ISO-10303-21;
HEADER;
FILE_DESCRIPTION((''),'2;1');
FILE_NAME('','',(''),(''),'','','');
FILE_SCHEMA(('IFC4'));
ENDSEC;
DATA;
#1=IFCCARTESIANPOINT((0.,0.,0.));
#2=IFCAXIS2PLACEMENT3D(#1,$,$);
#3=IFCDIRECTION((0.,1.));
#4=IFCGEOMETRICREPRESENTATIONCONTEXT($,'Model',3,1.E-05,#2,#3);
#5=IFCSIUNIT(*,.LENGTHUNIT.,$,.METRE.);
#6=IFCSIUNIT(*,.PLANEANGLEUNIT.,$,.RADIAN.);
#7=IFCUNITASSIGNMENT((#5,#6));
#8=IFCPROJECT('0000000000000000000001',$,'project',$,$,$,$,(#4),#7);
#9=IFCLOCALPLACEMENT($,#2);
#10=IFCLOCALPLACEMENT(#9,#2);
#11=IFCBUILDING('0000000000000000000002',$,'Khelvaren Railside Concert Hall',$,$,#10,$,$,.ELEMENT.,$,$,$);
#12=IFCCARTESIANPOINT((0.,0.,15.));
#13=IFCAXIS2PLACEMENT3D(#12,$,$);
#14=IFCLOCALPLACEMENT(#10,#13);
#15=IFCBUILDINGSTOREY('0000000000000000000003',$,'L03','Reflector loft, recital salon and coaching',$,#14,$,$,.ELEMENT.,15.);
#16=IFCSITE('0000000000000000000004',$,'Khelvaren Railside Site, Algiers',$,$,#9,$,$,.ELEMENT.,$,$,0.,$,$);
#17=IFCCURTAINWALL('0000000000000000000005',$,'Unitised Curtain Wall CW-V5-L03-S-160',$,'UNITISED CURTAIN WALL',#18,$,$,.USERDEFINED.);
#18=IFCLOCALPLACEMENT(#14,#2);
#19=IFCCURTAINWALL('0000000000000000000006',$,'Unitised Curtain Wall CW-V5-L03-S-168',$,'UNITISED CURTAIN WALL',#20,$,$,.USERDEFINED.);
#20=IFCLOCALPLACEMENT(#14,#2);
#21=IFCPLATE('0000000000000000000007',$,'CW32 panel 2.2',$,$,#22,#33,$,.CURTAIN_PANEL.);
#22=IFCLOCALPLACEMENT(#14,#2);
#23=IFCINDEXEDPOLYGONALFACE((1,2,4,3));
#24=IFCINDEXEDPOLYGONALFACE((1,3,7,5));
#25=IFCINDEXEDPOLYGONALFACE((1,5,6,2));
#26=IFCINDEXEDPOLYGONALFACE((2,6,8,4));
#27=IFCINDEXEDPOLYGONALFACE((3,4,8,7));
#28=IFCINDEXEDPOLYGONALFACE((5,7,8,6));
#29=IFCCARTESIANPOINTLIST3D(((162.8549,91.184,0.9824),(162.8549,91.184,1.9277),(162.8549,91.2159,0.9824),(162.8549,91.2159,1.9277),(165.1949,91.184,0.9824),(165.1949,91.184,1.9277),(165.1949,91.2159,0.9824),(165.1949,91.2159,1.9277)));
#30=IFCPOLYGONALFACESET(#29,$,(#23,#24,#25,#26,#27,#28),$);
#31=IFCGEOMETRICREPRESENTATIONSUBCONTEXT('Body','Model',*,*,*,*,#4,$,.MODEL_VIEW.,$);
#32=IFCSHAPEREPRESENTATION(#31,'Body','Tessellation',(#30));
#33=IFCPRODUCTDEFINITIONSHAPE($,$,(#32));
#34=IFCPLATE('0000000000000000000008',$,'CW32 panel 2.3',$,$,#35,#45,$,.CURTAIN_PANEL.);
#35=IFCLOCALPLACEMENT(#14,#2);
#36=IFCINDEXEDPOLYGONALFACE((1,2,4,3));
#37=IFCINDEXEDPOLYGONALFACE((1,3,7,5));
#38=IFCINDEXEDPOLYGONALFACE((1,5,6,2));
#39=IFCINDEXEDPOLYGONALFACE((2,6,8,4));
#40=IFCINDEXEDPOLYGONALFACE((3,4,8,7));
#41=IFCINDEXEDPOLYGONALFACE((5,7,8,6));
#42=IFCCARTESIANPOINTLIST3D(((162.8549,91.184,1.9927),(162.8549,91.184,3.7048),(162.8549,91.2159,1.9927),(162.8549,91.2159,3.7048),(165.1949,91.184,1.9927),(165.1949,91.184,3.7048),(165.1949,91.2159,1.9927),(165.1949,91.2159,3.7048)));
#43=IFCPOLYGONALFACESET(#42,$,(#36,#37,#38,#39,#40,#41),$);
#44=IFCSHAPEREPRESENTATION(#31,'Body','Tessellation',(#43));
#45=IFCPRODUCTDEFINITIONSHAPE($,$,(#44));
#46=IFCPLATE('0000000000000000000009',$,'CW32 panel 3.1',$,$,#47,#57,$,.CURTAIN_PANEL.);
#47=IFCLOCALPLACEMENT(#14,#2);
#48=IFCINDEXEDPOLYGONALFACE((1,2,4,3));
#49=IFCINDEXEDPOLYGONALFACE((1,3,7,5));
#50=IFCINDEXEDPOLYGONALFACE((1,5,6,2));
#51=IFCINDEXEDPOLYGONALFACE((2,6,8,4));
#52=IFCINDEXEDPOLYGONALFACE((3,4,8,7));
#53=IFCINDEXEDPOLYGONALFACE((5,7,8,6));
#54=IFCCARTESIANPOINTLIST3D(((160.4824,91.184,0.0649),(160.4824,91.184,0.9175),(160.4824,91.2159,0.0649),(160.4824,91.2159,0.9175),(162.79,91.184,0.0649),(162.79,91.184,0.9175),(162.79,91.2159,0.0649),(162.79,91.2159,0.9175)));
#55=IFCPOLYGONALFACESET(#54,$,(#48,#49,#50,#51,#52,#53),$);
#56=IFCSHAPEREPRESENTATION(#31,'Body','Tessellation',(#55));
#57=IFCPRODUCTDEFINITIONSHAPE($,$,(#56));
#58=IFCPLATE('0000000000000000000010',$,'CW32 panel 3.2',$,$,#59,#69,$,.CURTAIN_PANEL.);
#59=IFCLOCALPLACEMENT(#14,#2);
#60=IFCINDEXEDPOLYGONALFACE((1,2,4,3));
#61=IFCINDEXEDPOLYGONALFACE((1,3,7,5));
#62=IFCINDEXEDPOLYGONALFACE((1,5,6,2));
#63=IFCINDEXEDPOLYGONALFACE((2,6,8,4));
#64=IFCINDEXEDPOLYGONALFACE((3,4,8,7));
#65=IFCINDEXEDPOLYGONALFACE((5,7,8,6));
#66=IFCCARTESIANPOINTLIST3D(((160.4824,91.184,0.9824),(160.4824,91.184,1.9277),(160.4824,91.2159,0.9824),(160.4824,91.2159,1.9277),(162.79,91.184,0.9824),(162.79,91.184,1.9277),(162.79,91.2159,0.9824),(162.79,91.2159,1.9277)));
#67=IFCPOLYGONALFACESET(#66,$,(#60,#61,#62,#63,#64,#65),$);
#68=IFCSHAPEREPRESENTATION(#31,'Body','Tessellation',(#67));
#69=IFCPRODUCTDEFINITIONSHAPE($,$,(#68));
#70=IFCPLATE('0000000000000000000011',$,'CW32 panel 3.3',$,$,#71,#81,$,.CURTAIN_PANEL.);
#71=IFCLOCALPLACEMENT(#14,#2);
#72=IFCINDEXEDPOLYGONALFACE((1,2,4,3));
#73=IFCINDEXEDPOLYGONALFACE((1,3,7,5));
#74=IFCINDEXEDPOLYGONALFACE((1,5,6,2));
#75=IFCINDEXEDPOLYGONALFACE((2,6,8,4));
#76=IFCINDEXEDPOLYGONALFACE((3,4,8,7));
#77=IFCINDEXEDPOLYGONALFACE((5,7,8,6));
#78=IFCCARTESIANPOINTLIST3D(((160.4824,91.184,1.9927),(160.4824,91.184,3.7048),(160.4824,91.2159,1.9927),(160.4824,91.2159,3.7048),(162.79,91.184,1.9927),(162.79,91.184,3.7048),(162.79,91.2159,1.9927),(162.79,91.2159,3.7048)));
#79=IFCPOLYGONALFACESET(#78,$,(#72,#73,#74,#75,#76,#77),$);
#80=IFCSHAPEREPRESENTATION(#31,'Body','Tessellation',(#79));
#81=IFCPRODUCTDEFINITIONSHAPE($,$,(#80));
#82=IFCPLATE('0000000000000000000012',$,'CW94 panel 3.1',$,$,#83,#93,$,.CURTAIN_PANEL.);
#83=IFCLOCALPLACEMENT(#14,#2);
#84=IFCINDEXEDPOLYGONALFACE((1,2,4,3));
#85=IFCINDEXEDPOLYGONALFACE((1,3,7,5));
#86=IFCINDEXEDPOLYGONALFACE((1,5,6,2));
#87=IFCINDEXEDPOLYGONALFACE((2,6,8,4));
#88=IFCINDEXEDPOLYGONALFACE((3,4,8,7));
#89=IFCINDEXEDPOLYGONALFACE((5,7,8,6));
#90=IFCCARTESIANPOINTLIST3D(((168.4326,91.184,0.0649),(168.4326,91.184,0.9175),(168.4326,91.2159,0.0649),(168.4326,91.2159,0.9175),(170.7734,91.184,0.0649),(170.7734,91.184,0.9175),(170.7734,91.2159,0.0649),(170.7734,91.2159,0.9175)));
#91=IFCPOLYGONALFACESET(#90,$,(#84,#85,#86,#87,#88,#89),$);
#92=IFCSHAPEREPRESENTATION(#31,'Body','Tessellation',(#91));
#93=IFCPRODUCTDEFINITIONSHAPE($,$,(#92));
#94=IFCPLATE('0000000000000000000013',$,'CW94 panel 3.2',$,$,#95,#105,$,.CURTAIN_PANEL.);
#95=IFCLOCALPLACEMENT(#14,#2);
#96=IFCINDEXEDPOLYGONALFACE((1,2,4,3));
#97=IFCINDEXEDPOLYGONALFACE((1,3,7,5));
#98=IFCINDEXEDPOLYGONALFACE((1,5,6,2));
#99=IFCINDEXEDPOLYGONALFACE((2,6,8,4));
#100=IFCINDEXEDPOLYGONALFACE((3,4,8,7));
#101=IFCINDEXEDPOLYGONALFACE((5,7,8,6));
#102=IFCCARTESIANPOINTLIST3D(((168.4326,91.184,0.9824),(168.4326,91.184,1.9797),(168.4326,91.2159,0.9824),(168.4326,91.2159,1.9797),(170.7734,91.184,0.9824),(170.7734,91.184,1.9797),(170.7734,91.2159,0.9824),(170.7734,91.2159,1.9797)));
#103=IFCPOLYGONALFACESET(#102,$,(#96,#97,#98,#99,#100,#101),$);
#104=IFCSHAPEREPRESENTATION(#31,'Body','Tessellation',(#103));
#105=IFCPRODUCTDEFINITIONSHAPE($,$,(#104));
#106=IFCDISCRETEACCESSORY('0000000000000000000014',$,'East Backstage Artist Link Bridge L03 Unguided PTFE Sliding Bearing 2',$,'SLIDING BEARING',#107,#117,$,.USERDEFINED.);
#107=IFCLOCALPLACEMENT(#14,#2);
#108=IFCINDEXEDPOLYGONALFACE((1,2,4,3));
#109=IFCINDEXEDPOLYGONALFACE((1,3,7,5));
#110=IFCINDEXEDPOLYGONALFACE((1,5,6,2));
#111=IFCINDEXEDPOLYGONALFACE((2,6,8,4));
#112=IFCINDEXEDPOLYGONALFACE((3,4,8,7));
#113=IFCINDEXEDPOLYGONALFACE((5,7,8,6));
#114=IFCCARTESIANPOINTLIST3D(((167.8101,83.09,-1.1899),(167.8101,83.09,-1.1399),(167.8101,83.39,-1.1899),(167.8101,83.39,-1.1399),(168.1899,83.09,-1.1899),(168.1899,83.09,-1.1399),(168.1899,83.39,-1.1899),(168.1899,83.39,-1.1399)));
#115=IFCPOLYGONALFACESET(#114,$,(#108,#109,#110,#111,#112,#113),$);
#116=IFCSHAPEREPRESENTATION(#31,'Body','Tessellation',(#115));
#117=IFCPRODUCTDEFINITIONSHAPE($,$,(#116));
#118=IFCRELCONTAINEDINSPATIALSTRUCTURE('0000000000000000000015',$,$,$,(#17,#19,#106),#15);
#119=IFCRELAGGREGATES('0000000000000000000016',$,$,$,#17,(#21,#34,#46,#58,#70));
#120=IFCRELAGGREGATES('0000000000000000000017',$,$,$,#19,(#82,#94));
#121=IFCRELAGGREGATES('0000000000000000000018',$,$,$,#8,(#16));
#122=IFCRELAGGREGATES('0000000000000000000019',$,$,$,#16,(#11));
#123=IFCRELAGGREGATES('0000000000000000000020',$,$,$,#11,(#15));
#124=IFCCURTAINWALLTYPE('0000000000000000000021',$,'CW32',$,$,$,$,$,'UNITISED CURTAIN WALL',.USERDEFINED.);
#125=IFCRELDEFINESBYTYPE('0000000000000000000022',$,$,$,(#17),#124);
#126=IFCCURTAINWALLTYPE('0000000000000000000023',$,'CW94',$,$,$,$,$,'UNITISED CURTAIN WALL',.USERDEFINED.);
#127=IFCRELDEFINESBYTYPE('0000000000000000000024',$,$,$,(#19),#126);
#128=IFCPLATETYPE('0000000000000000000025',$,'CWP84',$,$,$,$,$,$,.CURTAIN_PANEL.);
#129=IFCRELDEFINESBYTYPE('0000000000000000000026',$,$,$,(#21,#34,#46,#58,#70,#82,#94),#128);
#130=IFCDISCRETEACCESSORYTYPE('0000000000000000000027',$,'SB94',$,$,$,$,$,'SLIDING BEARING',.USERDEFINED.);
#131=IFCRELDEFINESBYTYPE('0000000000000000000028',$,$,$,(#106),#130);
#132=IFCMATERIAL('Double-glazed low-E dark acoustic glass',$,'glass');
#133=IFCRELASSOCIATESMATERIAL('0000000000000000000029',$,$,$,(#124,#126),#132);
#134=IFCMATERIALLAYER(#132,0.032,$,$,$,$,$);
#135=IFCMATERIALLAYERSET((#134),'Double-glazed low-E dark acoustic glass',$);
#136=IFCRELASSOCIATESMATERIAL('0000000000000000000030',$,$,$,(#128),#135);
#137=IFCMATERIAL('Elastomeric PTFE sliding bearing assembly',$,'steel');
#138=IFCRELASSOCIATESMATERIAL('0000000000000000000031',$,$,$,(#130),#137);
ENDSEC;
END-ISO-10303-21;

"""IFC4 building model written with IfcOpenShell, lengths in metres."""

from ifc_helpers import new_model, si_unit, direction, frame, origin, origin_2d, place, context, subcontext, project, spatial, rectangle, extrude, material, layer, layer_set, type_object, element, aggregate, save


model = new_model("IFC4")

# Units and contexts
model_context = context("Model", 3, precision=1e-05, world=origin(), true_north=direction((0.0, 1.0)))
body_context = subcontext(model_context, "Body", "Model", "MODEL_VIEW")
ifc_project = project(units=[si_unit("LENGTHUNIT", "METRE"), si_unit("PLANEANGLEUNIT", "RADIAN")], contexts=[model_context])

# Site, building, storey
site_placement = place(None, origin())
site = spatial("IfcSite", under=ifc_project, at=site_placement, Name="Khelvaren Railside Site, Algiers", CompositionType="ELEMENT", RefElevation=0.0)
building_placement = place(site_placement, origin())
building = spatial("IfcBuilding", under=site, at=building_placement, Name="Khelvaren Railside Concert Hall", CompositionType="ELEMENT")
storey_placement = place(building_placement, frame((0.0, 0.0, 15.0)))
storey = spatial("IfcBuildingStorey", under=building, at=storey_placement, Name="L03", Description="Reflector loft, recital salon and coaching", CompositionType="ELEMENT", Elevation=15.0)

# Curtain wall
ifc_material_1 = material(Name="Double-glazed low-E dark acoustic glass", Category="glass")
curtain_wall_type_1 = type_object("IfcCurtainWallType", Name="CW32", ElementType="UNITISED CURTAIN WALL", PredefinedType="USERDEFINED", material=ifc_material_1)
curtain_wall_1_placement = place(storey_placement, origin())
curtain_wall_1 = element("IfcCurtainWall", 1, at=curtain_wall_1_placement, inside=storey, type_object=curtain_wall_type_1, Name="Unitised Curtain Wall CW-V5-L03-S-160", ObjectType="UNITISED CURTAIN WALL", PredefinedType="USERDEFINED")

# Curtain wall
curtain_wall_type_2 = type_object("IfcCurtainWallType", Name="CW94", ElementType="UNITISED CURTAIN WALL", PredefinedType="USERDEFINED", material=ifc_material_1)
curtain_wall_2_placement = place(storey_placement, origin())
curtain_wall_2 = element("IfcCurtainWall", 2, at=curtain_wall_2_placement, inside=storey, type_object=curtain_wall_type_2, Name="Unitised Curtain Wall CW-V5-L03-S-168", ObjectType="UNITISED CURTAIN WALL", PredefinedType="USERDEFINED")

# Plates
ifc_layer = layer(ifc_material_1, 0.032)
ifc_layer_set = layer_set([ifc_layer], Name="Double-glazed low-E dark acoustic glass")
plate_type = type_object("IfcPlateType", Name="CWP84", PredefinedType="CURTAIN_PANEL", material=ifc_layer_set)
plate_1_placement = place(storey_placement, frame((164.0249, 91.2, 0.9824), z_axis=(0.0, 0.0, 1.0), x_axis=(-1.0, 0.0, 0.0)))
plate_1 = element("IfcPlate", 3, at=plate_1_placement, type_object=plate_type, Name="CW32 panel 2.2", PredefinedType="CURTAIN_PANEL", context=body_context, shape_type="SweptSolid", body=[
    extrude(rectangle(XDim=2.3401, YDim=0.032, at=origin_2d()), origin(), (0.0, 0.0, 1.0), 0.9453),
])
plate_2_placement = place(storey_placement, frame((164.0249, 91.2, 1.9927), z_axis=(0.0, 0.0, 1.0), x_axis=(-1.0, 0.0, 0.0)))
plate_2 = element("IfcPlate", 4, at=plate_2_placement, type_object=plate_type, Name="CW32 panel 2.3", PredefinedType="CURTAIN_PANEL", context=body_context, shape_type="SweptSolid", body=[
    extrude(rectangle(XDim=2.3401, YDim=0.032, at=origin_2d()), origin(), (0.0, 0.0, 1.0), 1.7122),
])
plate_3_placement = place(storey_placement, frame((161.6362, 91.2, 0.0649), z_axis=(0.0, 0.0, 1.0), x_axis=(-1.0, 0.0, 0.0)))
plate_3 = element("IfcPlate", 5, at=plate_3_placement, type_object=plate_type, Name="CW32 panel 3.1", PredefinedType="CURTAIN_PANEL", context=body_context, shape_type="SweptSolid", body=[
    extrude(rectangle(XDim=2.3076, YDim=0.032, at=origin_2d()), origin(), (0.0, 0.0, 1.0), 0.8525),
])
plate_4_placement = place(storey_placement, frame((161.6362, 91.2, 0.9824), z_axis=(0.0, 0.0, 1.0), x_axis=(-1.0, 0.0, 0.0)))
plate_4 = element("IfcPlate", 6, at=plate_4_placement, type_object=plate_type, Name="CW32 panel 3.2", PredefinedType="CURTAIN_PANEL", context=body_context, shape_type="SweptSolid", body=[
    extrude(rectangle(XDim=2.3076, YDim=0.032, at=origin_2d()), origin(), (0.0, 0.0, 1.0), 0.9453),
])
plate_5_placement = place(storey_placement, frame((161.6362, 91.2, 1.9927), z_axis=(0.0, 0.0, 1.0), x_axis=(-1.0, 0.0, 0.0)))
plate_5 = element("IfcPlate", 7, at=plate_5_placement, type_object=plate_type, Name="CW32 panel 3.3", PredefinedType="CURTAIN_PANEL", context=body_context, shape_type="SweptSolid", body=[
    extrude(rectangle(XDim=2.3076, YDim=0.032, at=origin_2d()), origin(), (0.0, 0.0, 1.0), 1.7122),
])
aggregate(curtain_wall_1, [plate_1, plate_2, plate_3, plate_4, plate_5])
plate_6_placement = place(storey_placement, frame((169.603, 91.2, 0.0649), z_axis=(0.0, 0.0, 1.0), x_axis=(-1.0, 0.0, 0.0)))
plate_6 = element("IfcPlate", 8, at=plate_6_placement, type_object=plate_type, Name="CW94 panel 3.1", PredefinedType="CURTAIN_PANEL", context=body_context, shape_type="SweptSolid", body=[
    extrude(rectangle(XDim=2.3408, YDim=0.032, at=origin_2d()), origin(), (0.0, 0.0, 1.0), 0.8525),
])
plate_7_placement = place(storey_placement, frame((169.603, 91.2, 0.9824), z_axis=(0.0, 0.0, 1.0), x_axis=(-1.0, 0.0, 0.0)))
plate_7 = element("IfcPlate", 9, at=plate_7_placement, type_object=plate_type, Name="CW94 panel 3.2", PredefinedType="CURTAIN_PANEL", context=body_context, shape_type="SweptSolid", body=[
    extrude(rectangle(XDim=2.3408, YDim=0.032, at=origin_2d()), origin(), (0.0, 0.0, 1.0), 0.9973),
])
aggregate(curtain_wall_2, [plate_6, plate_7])

# Discrete accessory
ifc_material_2 = material(Name="Elastomeric PTFE sliding bearing assembly", Category="steel")
discrete_accessory_type = type_object("IfcDiscreteAccessoryType", Name="SB94", ElementType="SLIDING BEARING", PredefinedType="USERDEFINED", material=ifc_material_2)
discrete_accessory_placement = place(storey_placement, frame((168.0, 83.24, -1.1899), z_axis=(0.0, 0.0, 1.0), x_axis=(0.0, 1.0, 0.0)))
element("IfcDiscreteAccessory", 10, at=discrete_accessory_placement, inside=storey, type_object=discrete_accessory_type, Name="East Backstage Artist Link Bridge L03 Unguided PTFE Sliding Bearing 2", ObjectType="SLIDING BEARING", PredefinedType="USERDEFINED", context=body_context, shape_type="SweptSolid", body=[
    extrude(rectangle(XDim=0.3, YDim=0.3799, at=origin_2d()), origin(), (0.0, 0.0, 1.0), 0.05),
])

save(model, "model.ifc")
